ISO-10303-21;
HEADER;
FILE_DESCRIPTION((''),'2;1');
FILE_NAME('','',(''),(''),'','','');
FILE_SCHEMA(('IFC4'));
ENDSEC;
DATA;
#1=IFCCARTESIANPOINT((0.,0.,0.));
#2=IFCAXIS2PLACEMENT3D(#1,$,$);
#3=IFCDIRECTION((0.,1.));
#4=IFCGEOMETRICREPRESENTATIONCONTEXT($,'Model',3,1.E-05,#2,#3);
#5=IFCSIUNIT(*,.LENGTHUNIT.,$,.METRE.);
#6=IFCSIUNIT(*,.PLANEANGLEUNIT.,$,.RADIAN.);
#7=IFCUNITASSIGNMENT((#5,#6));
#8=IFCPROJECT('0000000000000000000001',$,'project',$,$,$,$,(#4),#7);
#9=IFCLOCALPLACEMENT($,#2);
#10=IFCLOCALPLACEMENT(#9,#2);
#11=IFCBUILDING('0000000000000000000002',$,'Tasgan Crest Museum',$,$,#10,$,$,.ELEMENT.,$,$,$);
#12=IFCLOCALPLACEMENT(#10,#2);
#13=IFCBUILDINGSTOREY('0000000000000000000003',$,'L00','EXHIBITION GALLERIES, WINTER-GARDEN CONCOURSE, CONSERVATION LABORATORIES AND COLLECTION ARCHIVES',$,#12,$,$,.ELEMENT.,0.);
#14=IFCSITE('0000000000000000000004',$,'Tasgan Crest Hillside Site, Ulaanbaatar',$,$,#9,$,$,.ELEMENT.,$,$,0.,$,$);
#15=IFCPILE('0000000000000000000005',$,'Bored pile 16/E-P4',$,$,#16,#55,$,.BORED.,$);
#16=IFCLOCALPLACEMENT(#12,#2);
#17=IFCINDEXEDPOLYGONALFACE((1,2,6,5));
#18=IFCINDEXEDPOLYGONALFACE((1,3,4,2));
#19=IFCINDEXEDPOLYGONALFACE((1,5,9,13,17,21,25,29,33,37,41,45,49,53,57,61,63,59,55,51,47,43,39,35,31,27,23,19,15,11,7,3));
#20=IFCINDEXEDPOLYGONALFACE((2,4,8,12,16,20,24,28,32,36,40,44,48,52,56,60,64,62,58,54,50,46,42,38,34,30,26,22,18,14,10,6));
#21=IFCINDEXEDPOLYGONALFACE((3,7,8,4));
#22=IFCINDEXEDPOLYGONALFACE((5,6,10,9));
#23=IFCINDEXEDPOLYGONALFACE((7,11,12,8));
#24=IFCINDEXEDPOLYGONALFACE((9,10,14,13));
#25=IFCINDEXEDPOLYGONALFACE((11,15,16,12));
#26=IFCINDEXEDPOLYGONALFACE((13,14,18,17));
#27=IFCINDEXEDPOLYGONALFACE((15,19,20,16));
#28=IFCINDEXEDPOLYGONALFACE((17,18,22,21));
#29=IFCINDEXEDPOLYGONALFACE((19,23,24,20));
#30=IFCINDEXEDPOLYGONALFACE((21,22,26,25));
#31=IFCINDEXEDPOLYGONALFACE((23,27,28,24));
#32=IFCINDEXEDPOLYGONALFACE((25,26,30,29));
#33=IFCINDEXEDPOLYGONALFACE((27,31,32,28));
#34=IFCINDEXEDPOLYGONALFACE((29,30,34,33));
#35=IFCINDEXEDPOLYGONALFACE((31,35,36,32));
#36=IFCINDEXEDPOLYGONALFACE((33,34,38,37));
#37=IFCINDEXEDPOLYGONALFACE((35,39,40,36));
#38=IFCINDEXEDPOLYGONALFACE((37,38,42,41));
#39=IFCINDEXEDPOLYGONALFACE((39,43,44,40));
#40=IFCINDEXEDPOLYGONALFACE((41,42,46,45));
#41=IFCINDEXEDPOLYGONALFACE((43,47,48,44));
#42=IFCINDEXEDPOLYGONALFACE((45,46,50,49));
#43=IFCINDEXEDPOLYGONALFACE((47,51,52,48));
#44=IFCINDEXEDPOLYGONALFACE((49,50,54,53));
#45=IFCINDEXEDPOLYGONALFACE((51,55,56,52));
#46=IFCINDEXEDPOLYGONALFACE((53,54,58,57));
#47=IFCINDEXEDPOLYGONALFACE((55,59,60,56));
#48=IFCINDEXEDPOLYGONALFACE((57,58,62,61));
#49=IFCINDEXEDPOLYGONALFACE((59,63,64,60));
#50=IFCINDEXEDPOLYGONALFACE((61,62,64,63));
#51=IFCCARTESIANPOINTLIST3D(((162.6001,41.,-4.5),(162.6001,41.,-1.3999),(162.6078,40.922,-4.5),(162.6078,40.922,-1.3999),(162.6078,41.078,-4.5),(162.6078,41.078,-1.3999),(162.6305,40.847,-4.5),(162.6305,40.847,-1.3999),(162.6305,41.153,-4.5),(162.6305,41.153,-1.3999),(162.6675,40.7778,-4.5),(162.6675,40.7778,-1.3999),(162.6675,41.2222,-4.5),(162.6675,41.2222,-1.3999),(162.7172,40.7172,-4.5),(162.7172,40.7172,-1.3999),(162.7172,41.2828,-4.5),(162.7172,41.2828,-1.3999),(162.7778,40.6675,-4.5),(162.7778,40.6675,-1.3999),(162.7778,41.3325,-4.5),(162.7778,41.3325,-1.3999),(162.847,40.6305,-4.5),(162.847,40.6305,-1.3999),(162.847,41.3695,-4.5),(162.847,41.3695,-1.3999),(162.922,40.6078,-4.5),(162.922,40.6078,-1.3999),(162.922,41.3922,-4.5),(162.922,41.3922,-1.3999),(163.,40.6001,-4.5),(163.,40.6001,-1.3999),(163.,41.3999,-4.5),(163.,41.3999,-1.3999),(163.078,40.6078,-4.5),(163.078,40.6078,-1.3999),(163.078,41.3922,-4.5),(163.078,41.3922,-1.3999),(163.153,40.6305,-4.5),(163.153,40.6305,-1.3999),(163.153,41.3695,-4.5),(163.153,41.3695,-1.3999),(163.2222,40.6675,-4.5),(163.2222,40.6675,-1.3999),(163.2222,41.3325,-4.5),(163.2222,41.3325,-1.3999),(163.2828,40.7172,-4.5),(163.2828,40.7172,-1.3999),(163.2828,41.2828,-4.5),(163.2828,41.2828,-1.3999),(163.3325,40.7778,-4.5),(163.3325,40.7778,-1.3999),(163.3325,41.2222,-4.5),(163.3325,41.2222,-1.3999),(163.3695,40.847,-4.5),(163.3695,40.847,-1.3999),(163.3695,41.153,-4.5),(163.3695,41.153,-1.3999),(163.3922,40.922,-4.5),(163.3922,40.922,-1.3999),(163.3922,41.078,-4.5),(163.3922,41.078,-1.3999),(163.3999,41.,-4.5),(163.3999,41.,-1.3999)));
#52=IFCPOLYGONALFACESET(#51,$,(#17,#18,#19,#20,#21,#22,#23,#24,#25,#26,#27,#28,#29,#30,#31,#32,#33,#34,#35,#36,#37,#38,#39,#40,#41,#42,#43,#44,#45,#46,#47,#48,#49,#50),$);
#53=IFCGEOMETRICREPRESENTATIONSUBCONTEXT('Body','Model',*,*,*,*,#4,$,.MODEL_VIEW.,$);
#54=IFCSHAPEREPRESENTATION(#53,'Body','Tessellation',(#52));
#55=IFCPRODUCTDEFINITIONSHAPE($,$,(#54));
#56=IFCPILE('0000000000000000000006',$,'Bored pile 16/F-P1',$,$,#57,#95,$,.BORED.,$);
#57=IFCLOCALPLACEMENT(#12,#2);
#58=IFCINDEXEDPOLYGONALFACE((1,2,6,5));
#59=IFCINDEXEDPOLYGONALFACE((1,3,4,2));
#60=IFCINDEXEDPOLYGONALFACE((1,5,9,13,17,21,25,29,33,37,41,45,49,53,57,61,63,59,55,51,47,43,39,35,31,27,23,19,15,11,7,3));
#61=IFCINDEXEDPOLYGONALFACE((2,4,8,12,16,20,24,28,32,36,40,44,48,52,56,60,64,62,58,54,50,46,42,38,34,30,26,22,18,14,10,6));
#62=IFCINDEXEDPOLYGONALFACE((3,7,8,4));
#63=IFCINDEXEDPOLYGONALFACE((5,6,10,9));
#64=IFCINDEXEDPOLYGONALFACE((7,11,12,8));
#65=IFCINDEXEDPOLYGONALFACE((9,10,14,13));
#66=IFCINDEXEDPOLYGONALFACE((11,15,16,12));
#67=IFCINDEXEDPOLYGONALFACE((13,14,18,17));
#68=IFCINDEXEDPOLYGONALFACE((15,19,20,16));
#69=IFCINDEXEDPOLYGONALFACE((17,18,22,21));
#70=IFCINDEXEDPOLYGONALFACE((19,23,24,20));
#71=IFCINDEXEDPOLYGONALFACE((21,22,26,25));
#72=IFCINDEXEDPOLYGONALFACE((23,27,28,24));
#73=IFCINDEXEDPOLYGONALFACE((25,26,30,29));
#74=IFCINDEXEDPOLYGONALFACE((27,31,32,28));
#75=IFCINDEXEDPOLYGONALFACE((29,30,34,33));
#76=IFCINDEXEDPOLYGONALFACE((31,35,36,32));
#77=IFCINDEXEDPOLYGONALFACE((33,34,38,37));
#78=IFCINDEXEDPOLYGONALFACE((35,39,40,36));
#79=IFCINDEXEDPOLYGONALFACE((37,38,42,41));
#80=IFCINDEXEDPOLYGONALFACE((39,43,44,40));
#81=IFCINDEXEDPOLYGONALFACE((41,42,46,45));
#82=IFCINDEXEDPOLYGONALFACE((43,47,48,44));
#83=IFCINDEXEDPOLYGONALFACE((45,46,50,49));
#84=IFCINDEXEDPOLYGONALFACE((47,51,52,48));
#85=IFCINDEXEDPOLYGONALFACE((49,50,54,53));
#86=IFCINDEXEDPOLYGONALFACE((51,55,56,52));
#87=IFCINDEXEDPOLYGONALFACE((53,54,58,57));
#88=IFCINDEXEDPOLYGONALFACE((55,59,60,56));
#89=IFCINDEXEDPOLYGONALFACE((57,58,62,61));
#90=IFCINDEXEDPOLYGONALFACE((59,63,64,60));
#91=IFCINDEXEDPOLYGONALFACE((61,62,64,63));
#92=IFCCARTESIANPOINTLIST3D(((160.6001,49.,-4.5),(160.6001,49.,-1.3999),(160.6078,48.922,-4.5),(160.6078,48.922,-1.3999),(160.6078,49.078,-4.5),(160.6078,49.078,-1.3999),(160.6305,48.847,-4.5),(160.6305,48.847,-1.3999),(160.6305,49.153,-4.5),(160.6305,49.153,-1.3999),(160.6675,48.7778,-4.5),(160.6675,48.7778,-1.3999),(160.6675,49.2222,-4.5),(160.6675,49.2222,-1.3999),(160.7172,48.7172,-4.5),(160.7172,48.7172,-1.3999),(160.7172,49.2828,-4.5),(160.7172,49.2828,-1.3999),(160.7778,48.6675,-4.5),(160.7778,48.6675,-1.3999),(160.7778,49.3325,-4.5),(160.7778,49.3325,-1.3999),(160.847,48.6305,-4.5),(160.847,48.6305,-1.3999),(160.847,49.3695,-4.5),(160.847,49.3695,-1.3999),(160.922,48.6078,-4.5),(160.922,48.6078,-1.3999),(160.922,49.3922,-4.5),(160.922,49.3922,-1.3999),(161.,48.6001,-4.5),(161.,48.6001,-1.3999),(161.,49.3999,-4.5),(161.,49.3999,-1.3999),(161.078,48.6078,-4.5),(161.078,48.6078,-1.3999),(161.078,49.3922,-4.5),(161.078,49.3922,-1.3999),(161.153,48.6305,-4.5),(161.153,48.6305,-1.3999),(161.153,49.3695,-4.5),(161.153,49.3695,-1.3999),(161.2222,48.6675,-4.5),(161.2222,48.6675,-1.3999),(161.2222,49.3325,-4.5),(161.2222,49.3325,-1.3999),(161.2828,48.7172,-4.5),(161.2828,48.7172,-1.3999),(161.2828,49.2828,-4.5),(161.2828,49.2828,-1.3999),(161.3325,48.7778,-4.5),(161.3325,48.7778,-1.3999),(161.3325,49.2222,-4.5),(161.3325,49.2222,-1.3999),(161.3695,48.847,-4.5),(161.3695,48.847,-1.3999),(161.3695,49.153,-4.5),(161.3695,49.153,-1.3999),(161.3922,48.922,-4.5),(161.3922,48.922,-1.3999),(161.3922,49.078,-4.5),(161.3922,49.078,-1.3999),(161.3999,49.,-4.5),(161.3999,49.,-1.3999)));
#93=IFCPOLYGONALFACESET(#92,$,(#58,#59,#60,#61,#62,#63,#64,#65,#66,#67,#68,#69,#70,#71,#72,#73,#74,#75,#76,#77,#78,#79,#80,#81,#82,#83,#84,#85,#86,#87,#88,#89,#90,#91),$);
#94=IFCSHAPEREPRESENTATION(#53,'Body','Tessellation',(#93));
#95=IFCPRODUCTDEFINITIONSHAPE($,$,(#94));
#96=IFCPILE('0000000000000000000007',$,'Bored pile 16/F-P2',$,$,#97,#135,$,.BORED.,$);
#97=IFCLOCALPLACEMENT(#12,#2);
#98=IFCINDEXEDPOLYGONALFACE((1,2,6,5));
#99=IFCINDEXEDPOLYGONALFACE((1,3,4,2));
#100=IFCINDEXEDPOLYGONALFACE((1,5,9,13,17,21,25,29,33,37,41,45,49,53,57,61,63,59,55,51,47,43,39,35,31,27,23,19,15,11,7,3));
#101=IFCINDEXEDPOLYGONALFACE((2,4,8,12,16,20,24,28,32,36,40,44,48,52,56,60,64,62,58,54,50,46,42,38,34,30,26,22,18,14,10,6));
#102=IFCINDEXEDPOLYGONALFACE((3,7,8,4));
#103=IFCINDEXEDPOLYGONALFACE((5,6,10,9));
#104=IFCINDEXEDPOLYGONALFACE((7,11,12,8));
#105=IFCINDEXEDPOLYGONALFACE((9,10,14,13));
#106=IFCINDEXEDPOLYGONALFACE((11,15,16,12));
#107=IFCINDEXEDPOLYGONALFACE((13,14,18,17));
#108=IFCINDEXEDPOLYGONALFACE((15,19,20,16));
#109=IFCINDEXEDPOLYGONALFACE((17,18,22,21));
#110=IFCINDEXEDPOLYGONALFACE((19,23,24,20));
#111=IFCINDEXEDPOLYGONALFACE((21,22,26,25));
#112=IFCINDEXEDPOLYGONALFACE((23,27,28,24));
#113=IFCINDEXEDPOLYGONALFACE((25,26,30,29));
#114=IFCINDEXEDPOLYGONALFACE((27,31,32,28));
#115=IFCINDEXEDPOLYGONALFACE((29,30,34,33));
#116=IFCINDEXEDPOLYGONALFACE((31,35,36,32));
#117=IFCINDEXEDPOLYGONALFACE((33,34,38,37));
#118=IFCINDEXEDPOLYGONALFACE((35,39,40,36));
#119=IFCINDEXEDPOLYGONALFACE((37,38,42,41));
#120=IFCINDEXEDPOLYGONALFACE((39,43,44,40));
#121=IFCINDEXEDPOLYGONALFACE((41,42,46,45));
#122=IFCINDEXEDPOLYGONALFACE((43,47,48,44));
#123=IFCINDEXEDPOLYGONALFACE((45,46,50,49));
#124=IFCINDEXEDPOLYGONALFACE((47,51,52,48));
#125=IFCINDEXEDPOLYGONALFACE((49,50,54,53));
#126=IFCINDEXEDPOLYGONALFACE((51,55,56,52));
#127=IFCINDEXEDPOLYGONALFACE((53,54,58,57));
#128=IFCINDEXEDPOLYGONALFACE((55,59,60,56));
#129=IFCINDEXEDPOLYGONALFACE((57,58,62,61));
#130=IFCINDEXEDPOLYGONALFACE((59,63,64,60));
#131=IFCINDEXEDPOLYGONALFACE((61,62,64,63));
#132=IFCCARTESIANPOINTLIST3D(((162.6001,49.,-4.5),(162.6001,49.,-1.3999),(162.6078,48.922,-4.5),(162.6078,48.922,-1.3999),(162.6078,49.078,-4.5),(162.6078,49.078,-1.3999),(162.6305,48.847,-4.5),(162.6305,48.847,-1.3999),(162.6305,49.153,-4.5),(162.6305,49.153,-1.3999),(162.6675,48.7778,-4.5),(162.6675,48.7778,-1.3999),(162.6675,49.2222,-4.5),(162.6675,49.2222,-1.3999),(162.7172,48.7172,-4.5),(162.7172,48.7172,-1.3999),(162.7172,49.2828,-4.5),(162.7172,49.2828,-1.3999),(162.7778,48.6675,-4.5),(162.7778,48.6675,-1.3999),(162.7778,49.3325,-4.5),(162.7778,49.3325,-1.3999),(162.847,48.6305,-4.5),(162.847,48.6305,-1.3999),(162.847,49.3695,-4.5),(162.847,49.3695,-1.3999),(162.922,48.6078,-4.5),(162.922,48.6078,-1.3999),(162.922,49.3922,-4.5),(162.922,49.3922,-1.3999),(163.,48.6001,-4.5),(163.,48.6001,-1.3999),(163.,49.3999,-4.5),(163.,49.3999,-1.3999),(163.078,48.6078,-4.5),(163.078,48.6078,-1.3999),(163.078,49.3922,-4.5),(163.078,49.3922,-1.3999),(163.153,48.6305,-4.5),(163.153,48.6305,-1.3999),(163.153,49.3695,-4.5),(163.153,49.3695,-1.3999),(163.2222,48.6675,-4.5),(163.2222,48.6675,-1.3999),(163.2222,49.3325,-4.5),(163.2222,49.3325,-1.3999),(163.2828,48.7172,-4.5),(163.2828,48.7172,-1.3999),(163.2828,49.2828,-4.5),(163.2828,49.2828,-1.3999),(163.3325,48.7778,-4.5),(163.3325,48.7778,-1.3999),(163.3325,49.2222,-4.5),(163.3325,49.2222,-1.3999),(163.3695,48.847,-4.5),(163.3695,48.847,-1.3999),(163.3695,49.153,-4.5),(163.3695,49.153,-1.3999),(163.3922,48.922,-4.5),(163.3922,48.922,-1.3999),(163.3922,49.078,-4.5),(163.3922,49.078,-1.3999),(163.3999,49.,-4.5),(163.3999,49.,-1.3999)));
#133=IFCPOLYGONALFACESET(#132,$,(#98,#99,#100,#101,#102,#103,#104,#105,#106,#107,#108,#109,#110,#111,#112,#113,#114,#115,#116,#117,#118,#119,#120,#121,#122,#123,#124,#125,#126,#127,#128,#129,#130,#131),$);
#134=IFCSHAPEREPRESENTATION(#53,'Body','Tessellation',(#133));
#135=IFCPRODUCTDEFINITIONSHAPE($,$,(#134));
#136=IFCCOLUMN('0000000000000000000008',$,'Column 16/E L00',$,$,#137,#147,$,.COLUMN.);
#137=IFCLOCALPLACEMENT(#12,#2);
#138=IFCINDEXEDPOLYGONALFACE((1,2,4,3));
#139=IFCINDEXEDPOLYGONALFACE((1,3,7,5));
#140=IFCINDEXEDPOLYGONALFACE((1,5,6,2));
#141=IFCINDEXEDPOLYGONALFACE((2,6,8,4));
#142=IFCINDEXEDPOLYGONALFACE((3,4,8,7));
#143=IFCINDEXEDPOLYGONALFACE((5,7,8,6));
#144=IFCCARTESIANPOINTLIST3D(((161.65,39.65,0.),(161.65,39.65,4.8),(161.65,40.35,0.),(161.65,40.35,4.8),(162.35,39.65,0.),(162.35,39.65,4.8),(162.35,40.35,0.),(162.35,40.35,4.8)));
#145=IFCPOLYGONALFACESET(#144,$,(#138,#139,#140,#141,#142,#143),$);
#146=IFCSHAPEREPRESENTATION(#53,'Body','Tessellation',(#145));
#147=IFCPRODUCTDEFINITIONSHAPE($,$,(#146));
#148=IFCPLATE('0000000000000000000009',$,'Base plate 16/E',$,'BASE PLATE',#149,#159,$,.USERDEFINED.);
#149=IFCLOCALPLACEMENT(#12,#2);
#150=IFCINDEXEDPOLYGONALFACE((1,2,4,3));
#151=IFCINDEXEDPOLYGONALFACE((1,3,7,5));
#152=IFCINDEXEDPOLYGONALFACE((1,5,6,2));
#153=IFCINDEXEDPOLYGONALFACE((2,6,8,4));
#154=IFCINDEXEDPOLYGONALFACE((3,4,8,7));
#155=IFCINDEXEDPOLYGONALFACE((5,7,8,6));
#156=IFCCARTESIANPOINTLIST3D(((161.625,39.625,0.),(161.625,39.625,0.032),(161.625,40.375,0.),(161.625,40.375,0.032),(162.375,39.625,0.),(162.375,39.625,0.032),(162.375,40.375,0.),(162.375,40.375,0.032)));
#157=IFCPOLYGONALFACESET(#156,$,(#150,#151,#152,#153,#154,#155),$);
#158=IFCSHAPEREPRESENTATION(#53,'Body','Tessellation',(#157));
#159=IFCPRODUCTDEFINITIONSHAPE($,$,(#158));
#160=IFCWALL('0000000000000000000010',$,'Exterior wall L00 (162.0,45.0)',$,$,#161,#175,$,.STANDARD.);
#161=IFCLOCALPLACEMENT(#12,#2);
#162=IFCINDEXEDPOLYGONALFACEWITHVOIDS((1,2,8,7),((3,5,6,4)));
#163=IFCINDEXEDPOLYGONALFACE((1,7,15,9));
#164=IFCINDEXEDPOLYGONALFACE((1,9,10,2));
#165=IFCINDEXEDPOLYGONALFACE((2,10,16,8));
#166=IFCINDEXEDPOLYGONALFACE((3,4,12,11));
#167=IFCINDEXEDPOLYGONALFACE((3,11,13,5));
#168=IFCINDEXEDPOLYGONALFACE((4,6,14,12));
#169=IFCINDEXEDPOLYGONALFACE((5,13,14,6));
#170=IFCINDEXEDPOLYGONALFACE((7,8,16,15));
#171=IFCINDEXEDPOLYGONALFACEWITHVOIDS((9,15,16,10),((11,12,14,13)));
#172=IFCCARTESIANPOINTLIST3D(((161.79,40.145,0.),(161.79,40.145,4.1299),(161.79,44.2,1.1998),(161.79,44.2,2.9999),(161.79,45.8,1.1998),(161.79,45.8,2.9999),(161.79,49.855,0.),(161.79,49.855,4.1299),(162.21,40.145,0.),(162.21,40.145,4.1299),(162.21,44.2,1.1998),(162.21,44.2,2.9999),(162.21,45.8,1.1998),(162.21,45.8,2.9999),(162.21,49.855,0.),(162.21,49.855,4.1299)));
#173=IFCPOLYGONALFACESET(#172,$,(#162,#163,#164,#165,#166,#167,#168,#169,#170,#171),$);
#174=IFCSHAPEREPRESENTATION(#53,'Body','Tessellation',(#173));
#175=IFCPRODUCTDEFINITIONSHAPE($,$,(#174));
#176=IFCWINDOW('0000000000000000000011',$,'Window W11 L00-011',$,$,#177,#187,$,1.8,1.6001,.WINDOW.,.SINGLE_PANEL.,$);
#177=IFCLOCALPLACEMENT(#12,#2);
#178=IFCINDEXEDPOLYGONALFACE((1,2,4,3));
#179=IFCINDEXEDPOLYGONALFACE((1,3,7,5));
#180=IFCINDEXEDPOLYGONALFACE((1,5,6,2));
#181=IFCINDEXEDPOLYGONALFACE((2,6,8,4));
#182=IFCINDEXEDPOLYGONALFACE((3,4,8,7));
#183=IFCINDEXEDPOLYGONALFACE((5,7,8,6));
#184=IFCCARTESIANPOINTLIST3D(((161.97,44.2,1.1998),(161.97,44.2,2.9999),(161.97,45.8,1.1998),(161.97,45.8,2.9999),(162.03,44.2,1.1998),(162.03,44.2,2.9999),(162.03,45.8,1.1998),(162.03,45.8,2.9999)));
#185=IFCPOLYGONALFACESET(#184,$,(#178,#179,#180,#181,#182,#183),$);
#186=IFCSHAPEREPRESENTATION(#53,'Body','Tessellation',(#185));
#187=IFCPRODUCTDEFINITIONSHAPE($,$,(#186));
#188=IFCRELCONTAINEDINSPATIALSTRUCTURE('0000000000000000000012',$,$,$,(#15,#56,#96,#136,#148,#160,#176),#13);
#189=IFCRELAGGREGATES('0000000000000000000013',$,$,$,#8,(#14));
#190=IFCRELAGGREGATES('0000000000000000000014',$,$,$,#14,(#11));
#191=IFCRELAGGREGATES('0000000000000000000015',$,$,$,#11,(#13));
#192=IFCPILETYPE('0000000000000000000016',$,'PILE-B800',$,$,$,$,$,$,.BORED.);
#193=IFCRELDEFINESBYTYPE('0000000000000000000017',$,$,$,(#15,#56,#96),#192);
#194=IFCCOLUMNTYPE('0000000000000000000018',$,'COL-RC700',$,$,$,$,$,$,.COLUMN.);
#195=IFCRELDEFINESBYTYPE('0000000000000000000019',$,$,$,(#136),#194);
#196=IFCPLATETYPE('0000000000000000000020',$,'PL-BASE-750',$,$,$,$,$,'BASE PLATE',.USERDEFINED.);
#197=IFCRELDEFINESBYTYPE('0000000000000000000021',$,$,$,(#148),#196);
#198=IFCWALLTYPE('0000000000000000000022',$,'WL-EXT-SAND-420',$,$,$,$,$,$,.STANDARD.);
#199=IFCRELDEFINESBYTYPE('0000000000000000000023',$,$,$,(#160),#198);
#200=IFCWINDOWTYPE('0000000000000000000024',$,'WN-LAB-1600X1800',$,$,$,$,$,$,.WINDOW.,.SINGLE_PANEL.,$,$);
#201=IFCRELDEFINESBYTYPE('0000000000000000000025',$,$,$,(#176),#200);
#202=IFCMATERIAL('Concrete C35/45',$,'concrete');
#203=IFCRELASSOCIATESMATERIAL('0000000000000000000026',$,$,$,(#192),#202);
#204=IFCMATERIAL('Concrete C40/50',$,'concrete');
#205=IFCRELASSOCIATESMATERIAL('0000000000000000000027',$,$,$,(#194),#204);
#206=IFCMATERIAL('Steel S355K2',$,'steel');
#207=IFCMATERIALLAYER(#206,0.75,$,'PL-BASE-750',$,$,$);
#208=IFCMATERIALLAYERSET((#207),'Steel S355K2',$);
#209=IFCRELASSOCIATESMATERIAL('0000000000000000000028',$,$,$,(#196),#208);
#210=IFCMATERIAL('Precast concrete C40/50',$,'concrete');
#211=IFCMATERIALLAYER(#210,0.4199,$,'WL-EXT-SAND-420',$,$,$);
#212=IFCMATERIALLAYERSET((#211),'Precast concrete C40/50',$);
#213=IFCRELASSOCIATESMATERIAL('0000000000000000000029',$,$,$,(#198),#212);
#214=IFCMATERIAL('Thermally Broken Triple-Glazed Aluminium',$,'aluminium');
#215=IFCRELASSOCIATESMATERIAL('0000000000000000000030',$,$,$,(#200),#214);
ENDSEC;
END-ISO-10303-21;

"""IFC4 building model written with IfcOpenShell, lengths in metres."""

from ifc_helpers import new_model, si_unit, direction, frame, frame_2d, origin, origin_2d, place, context, subcontext, project, spatial, rectangle, circle, extrude, material, layer, layer_set, material_profile, profile_set, type_object, element, fill, save


model = new_model("IFC4")

# Units and contexts
model_context = context("Model", 3, precision=1e-05, world=origin(), true_north=direction((0.0, 1.0)))
body_context = subcontext(model_context, "Body", "Model", "MODEL_VIEW")
ifc_project = project(units=[si_unit("LENGTHUNIT", "METRE"), si_unit("PLANEANGLEUNIT", "RADIAN")], contexts=[model_context])

# Site, building, storey
site_placement = place(None, origin())
site = spatial("IfcSite", under=ifc_project, at=site_placement, Name="Tasgan Crest Hillside Site, Ulaanbaatar", CompositionType="ELEMENT", RefElevation=0.0)
building_placement = place(site_placement, origin())
building = spatial("IfcBuilding", under=site, at=building_placement, Name="Tasgan Crest Museum", CompositionType="ELEMENT")
storey_placement = place(building_placement, origin())
storey = spatial("IfcBuildingStorey", under=building, at=storey_placement, Name="L00", Description="EXHIBITION GALLERIES, WINTER-GARDEN CONCOURSE, CONSERVATION LABORATORIES AND COLLECTION ARCHIVES", CompositionType="ELEMENT", Elevation=0.0)

# Piles
ifc_material_1 = material(Name="Concrete C35/45", Category="concrete")
ifc_material_profile_1 = material_profile(ifc_material_1, circle(Radius=0.3999, at=origin_2d()), Name="PILE D800")
ifc_profile_set_1 = profile_set([ifc_material_profile_1], Name="Concrete C35/45")
pile_type = type_object("IfcPileType", Name="PILE-B800", PredefinedType="BORED", material=ifc_profile_set_1)
for number, where, z_axis, x_axis, name in (
    (1, (163.0, 41.0, -1.3999), (0.0, 0.0, -1.0), (1.0, 0.0, 0.0), "Bored pile 16/E-P4"),
    (2, (161.0, 49.0, -1.3999), (0.0, 0.0, -1.0), (1.0, 0.0, 0.0), "Bored pile 16/F-P1"),
    (3, (163.0, 49.0, -1.3999), (0.0, 0.0, -1.0), (1.0, 0.0, 0.0), "Bored pile 16/F-P2"),
):
    element("IfcPile", number, at=place(storey_placement, frame(where, z_axis=z_axis, x_axis=x_axis)), inside=storey, type_object=pile_type, Name=name, PredefinedType="BORED", context=body_context, shape_type="SweptSolid", body=[
        extrude(circle(Radius=0.3999, at=origin_2d()), origin(), (0.0, 0.0, 1.0), 3.1001),
    ])

# Column
ifc_material_2 = material(Name="Concrete C40/50", Category="concrete")
ifc_material_profile_2 = material_profile(ifc_material_2, rectangle(XDim=0.7, YDim=0.7, at=origin_2d()), Name="RC 700x700")
ifc_profile_set_2 = profile_set([ifc_material_profile_2], Name="Concrete C40/50")
column_type = type_object("IfcColumnType", Name="COL-RC700", PredefinedType="COLUMN", material=ifc_profile_set_2)
column_placement = place(storey_placement, frame((162.0, 40.0, 0.0), z_axis=(0.0, 0.0, 1.0), x_axis=(1.0, 0.0, 0.0)))
element("IfcColumn", 4, at=column_placement, inside=storey, type_object=column_type, Name="Column 16/E L00", PredefinedType="COLUMN", context=body_context, shape_type="SweptSolid", body=[
    extrude(rectangle(XDim=0.7, YDim=0.7, at=origin_2d()), origin(), (0.0, 0.0, 1.0), 4.8),
])

# Plate
ifc_material_3 = material(Name="Steel S355K2", Category="steel")
ifc_layer_1 = layer(ifc_material_3, 0.75, Name="PL-BASE-750")
ifc_layer_set_1 = layer_set([ifc_layer_1], Name="Steel S355K2")
plate_type = type_object("IfcPlateType", Name="PL-BASE-750", ElementType="BASE PLATE", PredefinedType="USERDEFINED", material=ifc_layer_set_1)
plate_placement = place(storey_placement, frame((162.0, 40.0, 0.0), z_axis=(0.0, 0.0, 1.0), x_axis=(1.0, 0.0, 0.0)))
element("IfcPlate", 5, at=plate_placement, inside=storey, type_object=plate_type, Name="Base plate 16/E", ObjectType="BASE PLATE", PredefinedType="USERDEFINED", context=body_context, shape_type="SweptSolid", body=[
    extrude(rectangle(XDim=0.75, YDim=0.75, at=origin_2d()), origin(), (0.0, 0.0, 1.0), 0.032),
])

# Wall, opening, window
ifc_material_4 = material(Name="Precast concrete C40/50", Category="concrete")
ifc_layer_2 = layer(ifc_material_4, 0.4199, Name="WL-EXT-SAND-420")
ifc_layer_set_2 = layer_set([ifc_layer_2], Name="Precast concrete C40/50")
wall_type_1 = type_object("IfcWallType", Name="WL-EXT-SAND-420", PredefinedType="STANDARD", material=ifc_layer_set_2)
wall_1_placement = place(storey_placement, frame((162.0, 40.145, 0.0), z_axis=(0.0, 0.0, 1.0), x_axis=(0.0, 1.0, 0.0)))
wall_1 = element("IfcWall", 6, at=wall_1_placement, inside=storey, type_object=wall_type_1, Name="Exterior wall L00 (162.0,45.0)", PredefinedType="STANDARD", context=body_context, shape_type="SweptSolid", body=[
    extrude(rectangle(XDim=9.71, YDim=0.4199, at=frame_2d((4.855, 0.0))), origin(), (0.0, 0.0, 1.0), 4.1299),
])
opening_1_placement = place(wall_1_placement, frame((4.0549, 0.0, 1.2)))
opening_1 = element("IfcOpeningElement", 7, at=opening_1_placement, cuts=wall_1, PredefinedType="OPENING", context=body_context, shape_type="SweptSolid", body=[
    extrude(rectangle(XDim=1.6001, YDim=1.8, at=frame_2d((0.8, 0.8999))), frame((0.0, 0.22, 0.0), z_axis=(0.0, -1.0, 0.0), x_axis=(1.0, 0.0, 0.0)), (0.0, 0.0, 1.0), 0.4399),
])
ifc_material_5 = material(Name="Thermally Broken Triple-Glazed Aluminium", Category="aluminium")
window_type = type_object("IfcWindowType", Name="WN-LAB-1600X1800", PartitioningType="SINGLE_PANEL", PredefinedType="WINDOW", material=ifc_material_5)
window_placement = place(opening_1_placement, origin())
window = element("IfcWindow", 8, at=window_placement, inside=storey, type_object=window_type, Name="Window W11 L00-011", OverallHeight=1.8, OverallWidth=1.6001, PartitioningType="SINGLE_PANEL", PredefinedType="WINDOW", context=body_context, shape_type="SweptSolid", body=[
    extrude(rectangle(XDim=1.6001, YDim=1.8, at=frame_2d((0.8, 0.8999))), frame((0.0, 0.03, 0.0), z_axis=(0.0, -1.0, 0.0), x_axis=(1.0, 0.0, 0.0)), (0.0, 0.0, 1.0), 0.0601),
])
fill(opening_1, window)

save(model, "model.ifc")
